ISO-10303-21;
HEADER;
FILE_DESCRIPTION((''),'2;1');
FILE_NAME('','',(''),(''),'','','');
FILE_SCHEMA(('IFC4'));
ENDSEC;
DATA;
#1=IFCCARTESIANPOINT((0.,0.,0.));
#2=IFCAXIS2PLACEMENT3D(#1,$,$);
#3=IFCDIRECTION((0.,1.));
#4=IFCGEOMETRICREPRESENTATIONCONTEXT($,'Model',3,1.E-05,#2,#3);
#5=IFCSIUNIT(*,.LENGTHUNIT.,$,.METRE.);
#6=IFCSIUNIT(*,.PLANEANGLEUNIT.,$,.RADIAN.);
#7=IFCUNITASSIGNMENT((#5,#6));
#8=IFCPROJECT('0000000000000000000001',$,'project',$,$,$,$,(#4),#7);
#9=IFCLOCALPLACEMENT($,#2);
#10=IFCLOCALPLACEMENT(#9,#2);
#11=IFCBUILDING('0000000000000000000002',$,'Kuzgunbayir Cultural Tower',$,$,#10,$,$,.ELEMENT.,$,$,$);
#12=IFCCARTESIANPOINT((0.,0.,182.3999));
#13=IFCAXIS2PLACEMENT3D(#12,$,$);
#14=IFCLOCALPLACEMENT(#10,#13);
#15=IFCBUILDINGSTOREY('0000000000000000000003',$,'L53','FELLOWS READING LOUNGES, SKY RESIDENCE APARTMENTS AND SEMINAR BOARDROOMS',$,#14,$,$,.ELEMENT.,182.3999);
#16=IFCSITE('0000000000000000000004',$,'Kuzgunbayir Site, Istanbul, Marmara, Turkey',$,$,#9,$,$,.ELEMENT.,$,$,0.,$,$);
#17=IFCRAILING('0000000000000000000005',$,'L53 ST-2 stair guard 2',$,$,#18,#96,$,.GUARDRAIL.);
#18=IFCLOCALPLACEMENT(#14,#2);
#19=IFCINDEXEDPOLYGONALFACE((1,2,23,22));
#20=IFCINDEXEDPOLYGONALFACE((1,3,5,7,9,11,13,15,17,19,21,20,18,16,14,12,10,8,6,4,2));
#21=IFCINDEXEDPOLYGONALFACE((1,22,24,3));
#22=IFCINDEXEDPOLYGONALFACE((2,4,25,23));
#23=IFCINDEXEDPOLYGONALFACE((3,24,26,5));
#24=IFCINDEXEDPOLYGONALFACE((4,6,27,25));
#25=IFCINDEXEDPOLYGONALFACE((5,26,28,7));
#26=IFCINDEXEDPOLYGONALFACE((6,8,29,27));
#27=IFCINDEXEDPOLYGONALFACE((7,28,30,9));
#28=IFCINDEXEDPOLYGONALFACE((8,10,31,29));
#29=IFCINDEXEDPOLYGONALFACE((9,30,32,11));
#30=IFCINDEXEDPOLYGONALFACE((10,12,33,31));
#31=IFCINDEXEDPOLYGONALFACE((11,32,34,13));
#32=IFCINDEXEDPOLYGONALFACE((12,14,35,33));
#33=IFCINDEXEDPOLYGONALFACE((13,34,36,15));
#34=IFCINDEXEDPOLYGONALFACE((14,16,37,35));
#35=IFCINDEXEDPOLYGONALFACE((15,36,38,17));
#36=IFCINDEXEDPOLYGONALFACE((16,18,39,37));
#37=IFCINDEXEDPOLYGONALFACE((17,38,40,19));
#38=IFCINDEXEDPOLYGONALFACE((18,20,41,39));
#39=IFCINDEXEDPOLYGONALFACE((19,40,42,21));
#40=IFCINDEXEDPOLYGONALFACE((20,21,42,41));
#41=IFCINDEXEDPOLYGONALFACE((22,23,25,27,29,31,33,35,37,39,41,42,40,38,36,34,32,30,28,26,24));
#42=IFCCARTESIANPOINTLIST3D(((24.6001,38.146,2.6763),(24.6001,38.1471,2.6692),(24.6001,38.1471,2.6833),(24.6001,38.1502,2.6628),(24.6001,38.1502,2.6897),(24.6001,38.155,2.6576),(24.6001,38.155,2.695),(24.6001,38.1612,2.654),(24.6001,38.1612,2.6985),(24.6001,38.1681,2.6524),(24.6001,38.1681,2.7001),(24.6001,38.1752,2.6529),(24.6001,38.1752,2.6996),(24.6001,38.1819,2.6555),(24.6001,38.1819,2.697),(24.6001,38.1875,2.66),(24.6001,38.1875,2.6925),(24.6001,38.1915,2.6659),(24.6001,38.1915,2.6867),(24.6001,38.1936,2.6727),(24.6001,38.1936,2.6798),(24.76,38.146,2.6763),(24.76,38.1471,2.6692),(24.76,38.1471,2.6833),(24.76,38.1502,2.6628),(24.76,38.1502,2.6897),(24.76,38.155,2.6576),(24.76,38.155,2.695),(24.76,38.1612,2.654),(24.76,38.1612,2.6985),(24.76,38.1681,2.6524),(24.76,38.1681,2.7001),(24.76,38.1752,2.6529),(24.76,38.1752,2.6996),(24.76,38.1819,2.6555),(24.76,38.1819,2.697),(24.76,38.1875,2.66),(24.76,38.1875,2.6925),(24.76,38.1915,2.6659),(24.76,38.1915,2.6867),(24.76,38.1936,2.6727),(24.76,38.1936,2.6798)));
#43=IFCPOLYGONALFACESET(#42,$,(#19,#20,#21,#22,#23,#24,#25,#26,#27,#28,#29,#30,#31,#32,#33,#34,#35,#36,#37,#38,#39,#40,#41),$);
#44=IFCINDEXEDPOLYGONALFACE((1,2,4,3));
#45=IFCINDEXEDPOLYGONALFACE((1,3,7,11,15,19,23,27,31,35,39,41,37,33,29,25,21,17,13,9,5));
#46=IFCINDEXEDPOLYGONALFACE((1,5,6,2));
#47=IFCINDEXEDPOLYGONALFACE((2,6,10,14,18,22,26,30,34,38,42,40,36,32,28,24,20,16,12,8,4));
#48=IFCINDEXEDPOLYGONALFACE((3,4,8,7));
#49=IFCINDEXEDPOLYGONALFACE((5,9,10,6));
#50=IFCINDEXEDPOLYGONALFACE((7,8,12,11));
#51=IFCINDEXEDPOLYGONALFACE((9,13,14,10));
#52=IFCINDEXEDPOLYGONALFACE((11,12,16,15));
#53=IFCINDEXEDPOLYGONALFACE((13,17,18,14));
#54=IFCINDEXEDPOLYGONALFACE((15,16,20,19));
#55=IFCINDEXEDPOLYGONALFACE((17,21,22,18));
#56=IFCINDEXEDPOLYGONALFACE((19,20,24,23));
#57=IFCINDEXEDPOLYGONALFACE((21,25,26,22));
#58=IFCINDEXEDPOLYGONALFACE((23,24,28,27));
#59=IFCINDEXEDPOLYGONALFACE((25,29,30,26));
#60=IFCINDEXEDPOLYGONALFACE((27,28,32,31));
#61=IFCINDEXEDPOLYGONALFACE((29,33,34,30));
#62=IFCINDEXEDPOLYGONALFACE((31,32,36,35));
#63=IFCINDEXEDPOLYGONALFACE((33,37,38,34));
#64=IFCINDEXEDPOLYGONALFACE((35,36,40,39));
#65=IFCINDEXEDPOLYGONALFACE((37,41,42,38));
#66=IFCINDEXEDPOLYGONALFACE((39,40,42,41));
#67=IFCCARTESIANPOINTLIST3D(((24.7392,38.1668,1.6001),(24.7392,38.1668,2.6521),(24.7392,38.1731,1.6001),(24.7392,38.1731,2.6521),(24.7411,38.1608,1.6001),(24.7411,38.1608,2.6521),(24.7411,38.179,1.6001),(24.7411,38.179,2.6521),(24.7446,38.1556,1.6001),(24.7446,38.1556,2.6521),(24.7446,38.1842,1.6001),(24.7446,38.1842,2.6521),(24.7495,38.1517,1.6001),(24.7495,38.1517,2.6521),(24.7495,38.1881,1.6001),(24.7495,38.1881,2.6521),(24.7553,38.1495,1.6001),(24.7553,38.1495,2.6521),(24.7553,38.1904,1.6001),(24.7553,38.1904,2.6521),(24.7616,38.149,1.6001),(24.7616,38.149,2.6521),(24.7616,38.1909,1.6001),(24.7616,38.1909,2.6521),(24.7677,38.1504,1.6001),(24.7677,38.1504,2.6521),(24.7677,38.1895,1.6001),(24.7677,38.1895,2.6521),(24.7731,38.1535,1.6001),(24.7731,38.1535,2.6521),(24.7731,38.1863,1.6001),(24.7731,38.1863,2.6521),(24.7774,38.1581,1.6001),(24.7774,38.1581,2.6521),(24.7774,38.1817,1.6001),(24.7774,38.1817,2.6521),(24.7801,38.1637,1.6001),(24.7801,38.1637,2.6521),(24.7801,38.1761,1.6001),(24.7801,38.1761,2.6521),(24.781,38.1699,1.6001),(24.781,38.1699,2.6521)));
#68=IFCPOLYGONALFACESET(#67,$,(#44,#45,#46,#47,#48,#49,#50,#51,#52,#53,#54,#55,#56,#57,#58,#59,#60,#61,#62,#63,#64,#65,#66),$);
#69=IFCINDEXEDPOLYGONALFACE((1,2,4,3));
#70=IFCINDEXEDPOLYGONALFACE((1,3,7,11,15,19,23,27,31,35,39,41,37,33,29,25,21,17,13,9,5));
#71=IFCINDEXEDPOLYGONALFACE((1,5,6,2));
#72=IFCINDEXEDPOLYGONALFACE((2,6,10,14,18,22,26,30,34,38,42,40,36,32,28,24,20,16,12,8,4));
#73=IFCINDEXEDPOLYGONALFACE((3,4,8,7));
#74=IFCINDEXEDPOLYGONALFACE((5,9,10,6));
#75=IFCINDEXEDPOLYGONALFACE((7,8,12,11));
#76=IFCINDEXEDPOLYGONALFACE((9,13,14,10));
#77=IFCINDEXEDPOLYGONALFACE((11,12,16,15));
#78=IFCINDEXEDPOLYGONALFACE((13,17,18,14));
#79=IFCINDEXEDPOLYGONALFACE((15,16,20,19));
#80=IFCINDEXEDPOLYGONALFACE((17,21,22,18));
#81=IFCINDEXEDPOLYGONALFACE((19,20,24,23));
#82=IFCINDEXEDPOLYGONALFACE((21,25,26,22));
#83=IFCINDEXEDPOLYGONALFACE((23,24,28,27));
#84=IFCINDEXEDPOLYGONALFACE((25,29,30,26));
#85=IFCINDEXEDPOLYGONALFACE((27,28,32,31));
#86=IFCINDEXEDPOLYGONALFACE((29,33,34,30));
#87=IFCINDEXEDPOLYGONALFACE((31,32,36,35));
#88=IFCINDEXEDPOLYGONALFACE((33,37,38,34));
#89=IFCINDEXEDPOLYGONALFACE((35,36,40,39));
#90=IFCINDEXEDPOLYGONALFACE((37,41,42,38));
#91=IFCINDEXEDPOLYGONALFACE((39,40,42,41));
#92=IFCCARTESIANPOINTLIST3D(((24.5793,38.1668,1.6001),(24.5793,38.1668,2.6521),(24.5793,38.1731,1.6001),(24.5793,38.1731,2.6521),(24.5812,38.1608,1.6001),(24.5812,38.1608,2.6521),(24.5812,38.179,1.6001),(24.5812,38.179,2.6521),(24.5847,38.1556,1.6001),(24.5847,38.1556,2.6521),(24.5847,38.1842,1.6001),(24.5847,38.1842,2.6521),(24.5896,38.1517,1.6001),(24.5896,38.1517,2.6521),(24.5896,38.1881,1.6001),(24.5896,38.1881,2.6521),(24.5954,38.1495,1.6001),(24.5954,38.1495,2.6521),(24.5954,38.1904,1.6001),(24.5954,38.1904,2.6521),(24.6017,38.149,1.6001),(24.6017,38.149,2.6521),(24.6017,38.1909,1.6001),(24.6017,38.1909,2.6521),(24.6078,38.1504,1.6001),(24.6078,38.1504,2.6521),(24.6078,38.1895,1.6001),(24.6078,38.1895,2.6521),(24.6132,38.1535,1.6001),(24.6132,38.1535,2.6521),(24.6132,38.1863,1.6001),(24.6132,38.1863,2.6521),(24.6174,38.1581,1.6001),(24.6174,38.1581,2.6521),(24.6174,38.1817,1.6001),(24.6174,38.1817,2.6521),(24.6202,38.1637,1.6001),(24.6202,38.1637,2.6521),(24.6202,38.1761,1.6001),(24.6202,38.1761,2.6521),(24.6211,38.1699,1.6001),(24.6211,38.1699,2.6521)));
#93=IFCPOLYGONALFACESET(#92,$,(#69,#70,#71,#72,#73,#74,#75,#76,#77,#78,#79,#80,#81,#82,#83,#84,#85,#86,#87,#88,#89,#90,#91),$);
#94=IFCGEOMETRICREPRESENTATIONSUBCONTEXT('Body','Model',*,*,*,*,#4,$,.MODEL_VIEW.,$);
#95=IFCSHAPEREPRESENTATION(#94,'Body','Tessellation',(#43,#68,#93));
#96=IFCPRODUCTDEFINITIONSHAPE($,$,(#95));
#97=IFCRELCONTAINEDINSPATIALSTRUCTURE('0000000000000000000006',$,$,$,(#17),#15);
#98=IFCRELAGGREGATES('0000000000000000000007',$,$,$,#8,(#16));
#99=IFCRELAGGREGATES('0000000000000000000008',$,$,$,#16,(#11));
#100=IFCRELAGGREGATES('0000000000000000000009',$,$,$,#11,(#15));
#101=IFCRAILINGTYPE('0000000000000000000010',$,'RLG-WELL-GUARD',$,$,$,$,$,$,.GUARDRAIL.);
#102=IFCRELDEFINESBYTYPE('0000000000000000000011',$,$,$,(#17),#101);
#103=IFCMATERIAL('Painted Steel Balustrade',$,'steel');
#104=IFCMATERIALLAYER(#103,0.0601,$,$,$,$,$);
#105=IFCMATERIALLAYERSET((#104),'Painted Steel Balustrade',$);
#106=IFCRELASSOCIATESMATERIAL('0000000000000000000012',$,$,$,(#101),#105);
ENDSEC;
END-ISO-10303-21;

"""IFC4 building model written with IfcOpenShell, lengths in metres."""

from ifc_helpers import new_model, si_unit, direction, frame, origin, origin_2d, place, context, subcontext, project, spatial, circle, extrude, material, layer, layer_set, type_object, element, save


model = new_model("IFC4")

# Units and contexts
model_context = context("Model", 3, precision=1e-05, world=origin(), true_north=direction((0.0, 1.0)))
body_context = subcontext(model_context, "Body", "Model", "MODEL_VIEW")
ifc_project = project(units=[si_unit("LENGTHUNIT", "METRE"), si_unit("PLANEANGLEUNIT", "RADIAN")], contexts=[model_context])

# Site, building, storey
site_placement = place(None, origin())
site = spatial("IfcSite", under=ifc_project, at=site_placement, Name="Kuzgunbayir Site, Istanbul, Marmara, Turkey", CompositionType="ELEMENT", RefElevation=0.0)
building_placement = place(site_placement, origin())
building = spatial("IfcBuilding", under=site, at=building_placement, Name="Kuzgunbayir Cultural Tower", CompositionType="ELEMENT")
storey_placement = place(building_placement, frame((0.0, 0.0, 182.3999)))
storey = spatial("IfcBuildingStorey", under=building, at=storey_placement, Name="L53", Description="FELLOWS READING LOUNGES, SKY RESIDENCE APARTMENTS AND SEMINAR BOARDROOMS", CompositionType="ELEMENT", Elevation=182.3999)

# Railing
ifc_material_1 = material(Name="Painted Steel Balustrade", Category="steel")
ifc_layer_1 = layer(ifc_material_1, 0.0601)
ifc_layer_set_1 = layer_set([ifc_layer_1], Name="Painted Steel Balustrade")
railing_type_1 = type_object("IfcRailingType", Name="RLG-WELL-GUARD", PredefinedType="GUARDRAIL", material=ifc_layer_set_1)
railing_1_placement = place(storey_placement, frame((24.76, 38.1699, 1.6001)))
element("IfcRailing", 1, at=railing_1_placement, inside=storey, type_object=railing_type_1, Name="L53 ST-2 stair guard 2", PredefinedType="GUARDRAIL", context=body_context, shape_type="SweptSolid", body=[
    extrude(circle(Radius=0.0239, at=origin_2d()), frame((0.0, 0.0, 1.0762), z_axis=(-1.0, 0.0, 0.0), x_axis=(0.0, -1.0, 0.0)), (0.0, 0.0, 1.0), 0.1599),
    extrude(circle(Radius=0.021, at=origin_2d()), origin(), (0.0, 0.0, 1.0), 1.052),
    extrude(circle(Radius=0.021, at=origin_2d()), frame((-0.1599, 0.0, 0.0)), (0.0, 0.0, 1.0), 1.052),
])

save(model, "model.ifc")
